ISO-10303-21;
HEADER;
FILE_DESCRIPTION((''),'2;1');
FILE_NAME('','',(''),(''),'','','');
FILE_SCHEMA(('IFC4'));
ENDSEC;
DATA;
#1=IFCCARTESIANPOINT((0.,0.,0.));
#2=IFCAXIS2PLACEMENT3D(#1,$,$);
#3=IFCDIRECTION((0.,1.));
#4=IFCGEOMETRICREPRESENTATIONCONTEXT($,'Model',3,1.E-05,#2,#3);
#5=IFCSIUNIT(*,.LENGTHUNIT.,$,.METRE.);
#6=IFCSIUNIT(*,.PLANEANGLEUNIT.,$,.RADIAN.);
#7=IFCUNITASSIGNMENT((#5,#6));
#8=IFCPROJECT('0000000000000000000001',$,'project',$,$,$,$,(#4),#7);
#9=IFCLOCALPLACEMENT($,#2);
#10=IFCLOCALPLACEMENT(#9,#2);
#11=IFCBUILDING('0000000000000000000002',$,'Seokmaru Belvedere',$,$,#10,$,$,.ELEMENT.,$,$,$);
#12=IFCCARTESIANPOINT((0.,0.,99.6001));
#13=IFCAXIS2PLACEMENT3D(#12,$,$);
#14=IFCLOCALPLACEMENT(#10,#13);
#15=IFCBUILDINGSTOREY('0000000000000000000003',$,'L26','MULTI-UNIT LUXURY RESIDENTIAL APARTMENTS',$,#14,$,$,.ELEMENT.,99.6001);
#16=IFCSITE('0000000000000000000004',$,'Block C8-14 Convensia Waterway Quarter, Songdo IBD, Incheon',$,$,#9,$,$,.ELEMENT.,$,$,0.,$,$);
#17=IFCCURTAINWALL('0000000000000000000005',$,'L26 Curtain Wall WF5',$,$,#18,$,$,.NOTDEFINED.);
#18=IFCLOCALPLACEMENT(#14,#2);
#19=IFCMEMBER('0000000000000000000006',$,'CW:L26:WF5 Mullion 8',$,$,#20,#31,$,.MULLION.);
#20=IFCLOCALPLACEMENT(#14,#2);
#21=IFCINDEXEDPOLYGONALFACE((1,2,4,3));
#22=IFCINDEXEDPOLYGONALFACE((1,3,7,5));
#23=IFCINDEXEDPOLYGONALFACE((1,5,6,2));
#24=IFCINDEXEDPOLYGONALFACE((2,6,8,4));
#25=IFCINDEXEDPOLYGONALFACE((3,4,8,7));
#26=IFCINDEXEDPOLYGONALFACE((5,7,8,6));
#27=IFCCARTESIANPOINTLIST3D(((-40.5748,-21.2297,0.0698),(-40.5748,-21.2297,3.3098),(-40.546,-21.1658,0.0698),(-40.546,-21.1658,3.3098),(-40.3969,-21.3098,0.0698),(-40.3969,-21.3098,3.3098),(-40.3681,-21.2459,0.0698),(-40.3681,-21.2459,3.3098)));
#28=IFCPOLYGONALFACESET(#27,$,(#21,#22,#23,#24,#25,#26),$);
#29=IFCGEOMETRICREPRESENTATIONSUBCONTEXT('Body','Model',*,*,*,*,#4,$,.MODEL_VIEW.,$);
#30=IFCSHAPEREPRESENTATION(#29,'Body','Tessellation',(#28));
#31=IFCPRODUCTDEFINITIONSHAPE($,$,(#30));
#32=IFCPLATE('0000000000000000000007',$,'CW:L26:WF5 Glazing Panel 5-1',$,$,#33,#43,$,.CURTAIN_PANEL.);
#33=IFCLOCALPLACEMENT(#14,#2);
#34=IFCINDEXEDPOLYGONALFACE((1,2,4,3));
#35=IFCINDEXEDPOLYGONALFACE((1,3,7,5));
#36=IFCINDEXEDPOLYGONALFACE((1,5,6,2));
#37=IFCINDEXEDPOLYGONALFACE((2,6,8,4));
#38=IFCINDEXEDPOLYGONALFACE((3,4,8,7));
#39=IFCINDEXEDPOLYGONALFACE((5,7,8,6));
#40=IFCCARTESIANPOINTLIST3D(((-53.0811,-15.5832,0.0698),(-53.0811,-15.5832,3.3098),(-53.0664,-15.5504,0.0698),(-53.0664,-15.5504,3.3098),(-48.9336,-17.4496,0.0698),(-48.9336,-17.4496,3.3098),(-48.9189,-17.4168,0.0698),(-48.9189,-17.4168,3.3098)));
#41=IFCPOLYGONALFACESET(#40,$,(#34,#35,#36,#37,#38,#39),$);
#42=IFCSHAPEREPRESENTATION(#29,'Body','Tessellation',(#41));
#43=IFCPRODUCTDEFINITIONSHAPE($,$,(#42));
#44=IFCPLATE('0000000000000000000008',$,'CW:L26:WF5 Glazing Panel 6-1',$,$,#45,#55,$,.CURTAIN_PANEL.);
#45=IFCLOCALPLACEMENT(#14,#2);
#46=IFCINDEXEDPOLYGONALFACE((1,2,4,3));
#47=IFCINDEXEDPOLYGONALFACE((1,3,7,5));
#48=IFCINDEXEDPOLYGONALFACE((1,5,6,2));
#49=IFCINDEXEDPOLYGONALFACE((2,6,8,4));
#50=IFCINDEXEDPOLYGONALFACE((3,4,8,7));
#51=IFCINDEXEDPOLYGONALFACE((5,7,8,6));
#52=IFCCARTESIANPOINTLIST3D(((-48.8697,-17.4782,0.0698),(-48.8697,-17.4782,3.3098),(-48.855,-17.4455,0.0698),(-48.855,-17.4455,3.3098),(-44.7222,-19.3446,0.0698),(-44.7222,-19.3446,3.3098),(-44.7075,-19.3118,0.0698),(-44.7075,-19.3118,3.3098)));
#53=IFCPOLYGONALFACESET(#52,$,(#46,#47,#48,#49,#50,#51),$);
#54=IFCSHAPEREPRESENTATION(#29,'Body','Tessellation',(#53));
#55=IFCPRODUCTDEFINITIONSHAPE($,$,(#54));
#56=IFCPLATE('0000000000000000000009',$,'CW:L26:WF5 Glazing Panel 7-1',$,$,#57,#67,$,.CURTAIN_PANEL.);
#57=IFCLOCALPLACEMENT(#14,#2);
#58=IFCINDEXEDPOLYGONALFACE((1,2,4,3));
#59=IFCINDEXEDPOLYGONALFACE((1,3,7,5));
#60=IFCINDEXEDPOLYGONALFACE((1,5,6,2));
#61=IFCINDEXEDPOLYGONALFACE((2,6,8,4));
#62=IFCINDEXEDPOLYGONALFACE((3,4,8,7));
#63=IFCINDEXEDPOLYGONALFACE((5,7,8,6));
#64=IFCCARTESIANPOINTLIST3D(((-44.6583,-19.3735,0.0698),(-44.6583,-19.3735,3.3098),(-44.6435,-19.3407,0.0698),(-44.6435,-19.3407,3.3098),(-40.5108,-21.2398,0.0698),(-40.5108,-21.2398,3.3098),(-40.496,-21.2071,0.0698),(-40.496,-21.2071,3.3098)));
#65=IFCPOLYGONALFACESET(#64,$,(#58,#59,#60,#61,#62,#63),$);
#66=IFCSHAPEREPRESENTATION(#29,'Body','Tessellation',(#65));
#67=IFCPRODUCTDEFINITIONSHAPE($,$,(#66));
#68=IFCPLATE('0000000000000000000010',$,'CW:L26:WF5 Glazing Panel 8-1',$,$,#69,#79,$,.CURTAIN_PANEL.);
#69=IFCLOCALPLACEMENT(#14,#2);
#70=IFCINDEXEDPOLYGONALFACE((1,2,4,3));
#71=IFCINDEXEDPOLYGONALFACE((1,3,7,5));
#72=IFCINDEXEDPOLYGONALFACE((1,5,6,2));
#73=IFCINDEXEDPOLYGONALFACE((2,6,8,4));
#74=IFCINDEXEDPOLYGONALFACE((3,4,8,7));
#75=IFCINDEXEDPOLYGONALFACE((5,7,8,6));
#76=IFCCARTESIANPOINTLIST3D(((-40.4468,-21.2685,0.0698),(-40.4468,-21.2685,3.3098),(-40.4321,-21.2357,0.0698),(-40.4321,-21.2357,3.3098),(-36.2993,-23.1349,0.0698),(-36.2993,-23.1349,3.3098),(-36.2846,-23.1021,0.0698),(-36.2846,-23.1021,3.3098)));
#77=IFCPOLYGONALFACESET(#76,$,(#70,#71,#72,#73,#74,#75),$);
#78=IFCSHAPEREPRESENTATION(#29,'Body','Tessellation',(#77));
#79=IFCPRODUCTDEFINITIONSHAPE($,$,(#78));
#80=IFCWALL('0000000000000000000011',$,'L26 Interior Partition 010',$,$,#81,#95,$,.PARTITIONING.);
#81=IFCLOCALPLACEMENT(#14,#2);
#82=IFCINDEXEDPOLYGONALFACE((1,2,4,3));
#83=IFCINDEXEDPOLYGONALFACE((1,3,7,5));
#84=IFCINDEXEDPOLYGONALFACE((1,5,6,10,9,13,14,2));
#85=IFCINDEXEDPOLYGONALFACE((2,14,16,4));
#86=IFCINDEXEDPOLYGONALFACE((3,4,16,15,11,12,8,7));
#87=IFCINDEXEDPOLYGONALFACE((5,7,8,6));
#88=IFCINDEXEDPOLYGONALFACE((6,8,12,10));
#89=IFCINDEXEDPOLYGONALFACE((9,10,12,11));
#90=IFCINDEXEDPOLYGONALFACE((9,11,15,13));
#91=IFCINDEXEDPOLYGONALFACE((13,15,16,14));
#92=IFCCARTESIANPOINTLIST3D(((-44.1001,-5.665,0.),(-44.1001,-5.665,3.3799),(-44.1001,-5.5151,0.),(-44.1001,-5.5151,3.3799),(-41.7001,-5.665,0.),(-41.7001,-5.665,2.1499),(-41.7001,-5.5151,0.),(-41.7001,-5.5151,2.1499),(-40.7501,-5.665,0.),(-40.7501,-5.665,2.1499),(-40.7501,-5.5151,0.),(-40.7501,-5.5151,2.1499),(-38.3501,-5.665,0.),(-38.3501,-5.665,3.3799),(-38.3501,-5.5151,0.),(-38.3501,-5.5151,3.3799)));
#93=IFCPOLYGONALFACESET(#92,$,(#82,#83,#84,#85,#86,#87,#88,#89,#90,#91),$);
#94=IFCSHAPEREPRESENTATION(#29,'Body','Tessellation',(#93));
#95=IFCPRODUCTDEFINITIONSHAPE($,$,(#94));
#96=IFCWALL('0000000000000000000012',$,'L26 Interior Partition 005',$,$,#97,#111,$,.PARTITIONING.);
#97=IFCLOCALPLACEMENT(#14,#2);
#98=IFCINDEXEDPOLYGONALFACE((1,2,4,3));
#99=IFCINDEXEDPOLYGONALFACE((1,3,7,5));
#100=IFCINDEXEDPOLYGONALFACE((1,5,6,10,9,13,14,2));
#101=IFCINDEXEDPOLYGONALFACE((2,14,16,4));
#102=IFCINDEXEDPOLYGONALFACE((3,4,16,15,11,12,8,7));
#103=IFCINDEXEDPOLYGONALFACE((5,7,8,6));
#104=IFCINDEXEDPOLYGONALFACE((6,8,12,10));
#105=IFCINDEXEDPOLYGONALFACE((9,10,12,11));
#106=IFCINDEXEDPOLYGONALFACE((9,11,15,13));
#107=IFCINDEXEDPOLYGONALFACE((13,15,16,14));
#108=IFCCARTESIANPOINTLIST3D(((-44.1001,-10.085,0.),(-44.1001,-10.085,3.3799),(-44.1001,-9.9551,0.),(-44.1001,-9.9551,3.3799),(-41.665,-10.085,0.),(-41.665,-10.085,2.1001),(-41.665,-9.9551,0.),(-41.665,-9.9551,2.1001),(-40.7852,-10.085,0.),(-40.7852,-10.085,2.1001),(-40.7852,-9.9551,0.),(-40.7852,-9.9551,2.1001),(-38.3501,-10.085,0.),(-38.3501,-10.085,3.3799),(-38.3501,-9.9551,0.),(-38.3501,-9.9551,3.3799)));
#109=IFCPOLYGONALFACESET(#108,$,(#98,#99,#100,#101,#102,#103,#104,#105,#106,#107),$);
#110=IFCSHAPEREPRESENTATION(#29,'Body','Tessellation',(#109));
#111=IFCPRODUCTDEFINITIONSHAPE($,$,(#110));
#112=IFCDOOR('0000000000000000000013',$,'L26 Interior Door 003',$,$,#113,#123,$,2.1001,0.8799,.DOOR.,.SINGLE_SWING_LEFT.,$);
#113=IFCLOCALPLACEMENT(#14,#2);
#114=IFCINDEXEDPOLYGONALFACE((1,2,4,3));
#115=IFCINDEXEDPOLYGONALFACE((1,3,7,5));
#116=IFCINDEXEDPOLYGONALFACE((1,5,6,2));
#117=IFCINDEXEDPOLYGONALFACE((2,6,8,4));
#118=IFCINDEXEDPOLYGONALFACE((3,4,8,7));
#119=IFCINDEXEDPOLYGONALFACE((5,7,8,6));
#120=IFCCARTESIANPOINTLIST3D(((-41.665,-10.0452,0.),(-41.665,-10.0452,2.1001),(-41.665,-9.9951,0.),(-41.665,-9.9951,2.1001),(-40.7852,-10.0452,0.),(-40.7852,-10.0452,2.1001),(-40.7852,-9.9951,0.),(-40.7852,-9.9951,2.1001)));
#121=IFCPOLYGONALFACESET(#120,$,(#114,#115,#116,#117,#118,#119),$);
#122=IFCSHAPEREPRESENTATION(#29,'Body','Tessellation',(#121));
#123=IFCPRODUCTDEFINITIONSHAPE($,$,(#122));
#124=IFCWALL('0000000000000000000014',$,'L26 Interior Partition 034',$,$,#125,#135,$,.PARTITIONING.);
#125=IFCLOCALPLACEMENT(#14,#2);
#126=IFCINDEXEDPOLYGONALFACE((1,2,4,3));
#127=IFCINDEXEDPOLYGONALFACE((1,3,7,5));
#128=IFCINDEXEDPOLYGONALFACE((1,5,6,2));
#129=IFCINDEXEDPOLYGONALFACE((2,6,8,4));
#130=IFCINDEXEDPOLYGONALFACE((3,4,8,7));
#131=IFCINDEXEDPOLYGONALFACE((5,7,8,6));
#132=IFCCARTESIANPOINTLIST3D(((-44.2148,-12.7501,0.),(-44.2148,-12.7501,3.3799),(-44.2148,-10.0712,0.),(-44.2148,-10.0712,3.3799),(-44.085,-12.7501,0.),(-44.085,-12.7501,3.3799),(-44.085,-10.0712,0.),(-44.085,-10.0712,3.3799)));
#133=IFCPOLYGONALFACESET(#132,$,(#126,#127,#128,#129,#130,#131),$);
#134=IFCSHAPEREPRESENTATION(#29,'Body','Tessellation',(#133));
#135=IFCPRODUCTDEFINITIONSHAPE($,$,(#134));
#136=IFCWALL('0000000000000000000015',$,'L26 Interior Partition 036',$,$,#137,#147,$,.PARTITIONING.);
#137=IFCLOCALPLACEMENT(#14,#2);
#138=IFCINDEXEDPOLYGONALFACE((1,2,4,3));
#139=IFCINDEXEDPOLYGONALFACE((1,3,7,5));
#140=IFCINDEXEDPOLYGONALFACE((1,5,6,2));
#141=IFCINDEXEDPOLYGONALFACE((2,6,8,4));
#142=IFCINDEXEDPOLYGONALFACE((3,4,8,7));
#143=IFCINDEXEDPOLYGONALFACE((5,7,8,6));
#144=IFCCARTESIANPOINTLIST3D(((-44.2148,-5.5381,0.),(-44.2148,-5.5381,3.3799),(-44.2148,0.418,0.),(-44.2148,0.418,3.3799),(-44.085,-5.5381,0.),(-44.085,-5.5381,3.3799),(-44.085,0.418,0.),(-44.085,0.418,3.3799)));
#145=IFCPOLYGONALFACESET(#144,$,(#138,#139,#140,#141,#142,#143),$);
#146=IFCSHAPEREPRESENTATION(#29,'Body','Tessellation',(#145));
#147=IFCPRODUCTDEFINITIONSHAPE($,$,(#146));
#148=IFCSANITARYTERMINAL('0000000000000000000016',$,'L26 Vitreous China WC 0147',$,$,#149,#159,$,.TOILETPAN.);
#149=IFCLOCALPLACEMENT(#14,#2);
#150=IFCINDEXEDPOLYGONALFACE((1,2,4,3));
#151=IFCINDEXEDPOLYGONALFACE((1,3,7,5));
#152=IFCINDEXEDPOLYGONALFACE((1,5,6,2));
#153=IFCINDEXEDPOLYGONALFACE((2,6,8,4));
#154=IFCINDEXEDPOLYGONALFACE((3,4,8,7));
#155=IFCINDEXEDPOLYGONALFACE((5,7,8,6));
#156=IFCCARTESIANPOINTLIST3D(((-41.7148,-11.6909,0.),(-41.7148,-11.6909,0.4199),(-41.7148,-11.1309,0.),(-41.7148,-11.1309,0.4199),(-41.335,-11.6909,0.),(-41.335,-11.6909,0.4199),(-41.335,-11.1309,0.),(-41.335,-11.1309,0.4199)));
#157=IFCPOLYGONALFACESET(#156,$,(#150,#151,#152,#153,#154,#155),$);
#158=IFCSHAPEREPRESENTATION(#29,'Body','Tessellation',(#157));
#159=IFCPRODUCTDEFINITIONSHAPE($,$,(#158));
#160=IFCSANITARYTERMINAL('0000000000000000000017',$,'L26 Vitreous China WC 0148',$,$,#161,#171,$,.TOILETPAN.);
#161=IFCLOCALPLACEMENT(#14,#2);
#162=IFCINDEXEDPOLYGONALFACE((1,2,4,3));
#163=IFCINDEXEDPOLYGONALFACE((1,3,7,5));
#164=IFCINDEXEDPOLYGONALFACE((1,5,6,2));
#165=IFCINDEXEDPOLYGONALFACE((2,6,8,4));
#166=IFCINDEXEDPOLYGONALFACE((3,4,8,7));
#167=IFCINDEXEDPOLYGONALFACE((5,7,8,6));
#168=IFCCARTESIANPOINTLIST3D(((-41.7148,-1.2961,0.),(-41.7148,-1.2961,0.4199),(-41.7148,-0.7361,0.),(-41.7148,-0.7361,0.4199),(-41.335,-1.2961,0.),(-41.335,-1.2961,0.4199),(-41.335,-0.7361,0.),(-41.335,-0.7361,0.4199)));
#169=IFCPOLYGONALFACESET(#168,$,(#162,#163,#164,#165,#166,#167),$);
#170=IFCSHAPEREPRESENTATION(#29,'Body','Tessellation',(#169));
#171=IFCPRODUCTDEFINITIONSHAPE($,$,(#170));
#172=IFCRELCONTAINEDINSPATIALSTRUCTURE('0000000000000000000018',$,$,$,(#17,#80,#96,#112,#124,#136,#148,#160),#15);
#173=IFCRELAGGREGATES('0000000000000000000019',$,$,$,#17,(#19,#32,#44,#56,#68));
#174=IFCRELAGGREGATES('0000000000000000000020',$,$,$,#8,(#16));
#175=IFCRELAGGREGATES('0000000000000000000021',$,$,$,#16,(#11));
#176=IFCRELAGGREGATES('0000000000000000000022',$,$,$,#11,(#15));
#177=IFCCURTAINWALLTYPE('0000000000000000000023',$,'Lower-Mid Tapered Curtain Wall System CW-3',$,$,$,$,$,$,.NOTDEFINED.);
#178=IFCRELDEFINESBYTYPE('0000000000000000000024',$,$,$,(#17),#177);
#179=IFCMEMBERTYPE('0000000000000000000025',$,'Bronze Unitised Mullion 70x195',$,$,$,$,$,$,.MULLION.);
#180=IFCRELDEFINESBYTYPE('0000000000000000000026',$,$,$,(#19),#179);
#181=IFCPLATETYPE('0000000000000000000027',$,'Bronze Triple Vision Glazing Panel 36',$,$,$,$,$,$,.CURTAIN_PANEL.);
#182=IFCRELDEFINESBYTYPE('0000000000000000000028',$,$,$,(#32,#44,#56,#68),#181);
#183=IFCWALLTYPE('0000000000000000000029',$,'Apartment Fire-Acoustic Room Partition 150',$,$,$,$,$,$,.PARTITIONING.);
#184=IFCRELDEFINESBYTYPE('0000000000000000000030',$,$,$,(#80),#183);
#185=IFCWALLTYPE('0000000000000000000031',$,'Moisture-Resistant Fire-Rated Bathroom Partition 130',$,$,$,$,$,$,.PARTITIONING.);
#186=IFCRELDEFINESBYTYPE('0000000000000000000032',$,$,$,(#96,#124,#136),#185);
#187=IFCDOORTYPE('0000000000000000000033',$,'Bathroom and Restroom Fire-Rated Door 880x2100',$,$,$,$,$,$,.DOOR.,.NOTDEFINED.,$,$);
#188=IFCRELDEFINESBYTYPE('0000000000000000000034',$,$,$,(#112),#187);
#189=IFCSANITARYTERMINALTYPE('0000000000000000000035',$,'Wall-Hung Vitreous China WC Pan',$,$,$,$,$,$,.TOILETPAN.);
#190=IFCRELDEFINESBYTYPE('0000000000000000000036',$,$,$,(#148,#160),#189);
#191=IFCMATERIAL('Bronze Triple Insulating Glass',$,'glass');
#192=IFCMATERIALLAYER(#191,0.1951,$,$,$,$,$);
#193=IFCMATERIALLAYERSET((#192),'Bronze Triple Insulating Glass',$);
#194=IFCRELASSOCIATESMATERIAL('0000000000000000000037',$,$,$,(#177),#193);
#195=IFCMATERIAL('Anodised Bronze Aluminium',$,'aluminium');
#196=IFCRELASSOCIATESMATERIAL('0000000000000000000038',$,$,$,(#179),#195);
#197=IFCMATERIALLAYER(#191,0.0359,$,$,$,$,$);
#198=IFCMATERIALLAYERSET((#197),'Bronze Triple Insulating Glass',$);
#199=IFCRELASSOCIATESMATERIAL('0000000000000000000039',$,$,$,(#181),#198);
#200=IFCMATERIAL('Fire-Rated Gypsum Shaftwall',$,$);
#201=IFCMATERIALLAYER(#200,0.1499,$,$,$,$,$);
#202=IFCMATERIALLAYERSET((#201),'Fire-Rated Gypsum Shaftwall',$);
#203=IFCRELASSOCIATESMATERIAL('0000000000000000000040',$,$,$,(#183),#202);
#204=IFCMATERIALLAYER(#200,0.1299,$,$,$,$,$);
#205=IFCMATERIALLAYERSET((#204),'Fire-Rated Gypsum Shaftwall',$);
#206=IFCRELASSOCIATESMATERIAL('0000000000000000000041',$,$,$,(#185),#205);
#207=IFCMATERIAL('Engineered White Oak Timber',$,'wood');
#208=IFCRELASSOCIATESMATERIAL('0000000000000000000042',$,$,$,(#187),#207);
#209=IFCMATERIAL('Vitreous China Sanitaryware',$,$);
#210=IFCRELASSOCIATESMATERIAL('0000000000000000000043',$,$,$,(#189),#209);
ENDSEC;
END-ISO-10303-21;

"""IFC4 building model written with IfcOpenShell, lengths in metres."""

from ifc_helpers import new_model, si_unit, direction, frame, frame_2d, origin, origin_2d, place, context, subcontext, project, spatial, rectangle, extrude, source, transform, mapped, material, layer, layer_set, material_profile, profile_set, type_object, type_shapes, element, fill, aggregate, save


model = new_model("IFC4")

# Units and contexts
model_context = context("Model", 3, precision=1e-05, world=origin(), true_north=direction((0.0, 1.0)))
body_context = subcontext(model_context, "Body", "Model", "MODEL_VIEW")
ifc_project = project(units=[si_unit("LENGTHUNIT", "METRE"), si_unit("PLANEANGLEUNIT", "RADIAN")], contexts=[model_context])

# Site, building, storey
site_placement = place(None, origin())
site = spatial("IfcSite", under=ifc_project, at=site_placement, Name="Block C8-14 Convensia Waterway Quarter, Songdo IBD, Incheon", CompositionType="ELEMENT", RefElevation=0.0)
building_placement = place(site_placement, origin())
building = spatial("IfcBuilding", under=site, at=building_placement, Name="Seokmaru Belvedere", CompositionType="ELEMENT")
storey_placement = place(building_placement, frame((0.0, 0.0, 99.6001)))
storey = spatial("IfcBuildingStorey", under=building, at=storey_placement, Name="L26", Description="MULTI-UNIT LUXURY RESIDENTIAL APARTMENTS", CompositionType="ELEMENT", Elevation=99.6001)

# Curtain wall, member, plates
ifc_material_1 = material(Name="Bronze Triple Insulating Glass", Category="glass")
ifc_layer_1 = layer(ifc_material_1, 0.1951)
ifc_layer_set_1 = layer_set([ifc_layer_1], Name="Bronze Triple Insulating Glass")
curtain_wall_type = type_object("IfcCurtainWallType", Name="Lower-Mid Tapered Curtain Wall System CW-3", PredefinedType="NOTDEFINED", material=ifc_layer_set_1)
curtain_wall_placement = place(storey_placement, origin())
curtain_wall = element("IfcCurtainWall", 1, at=curtain_wall_placement, inside=storey, type_object=curtain_wall_type, Name="L26 Curtain Wall WF5", PredefinedType="NOTDEFINED")
ifc_material_2 = material(Name="Anodised Bronze Aluminium", Category="aluminium")
ifc_material_profile_1 = material_profile(ifc_material_2, rectangle(XDim=0.0701, YDim=0.1951, at=origin_2d()), Name="CW-M-70x195")
ifc_profile_set_1 = profile_set([ifc_material_profile_1], Name="Anodised Bronze Aluminium")
member_type = type_object("IfcMemberType", Name="Bronze Unitised Mullion 70x195", PredefinedType="MULLION", material=ifc_profile_set_1)
shared_shape_1 = source(origin(), body_context, "Body", "SweptSolid", [
    extrude(rectangle(XDim=0.0701, YDim=0.1951, at=origin_2d()), origin(), (0.0, 0.0, 1.0), 3.24),
])
type_shapes(member_type, [shared_shape_1])
member_1_placement = place(storey_placement, frame((-40.4714, -21.2378, 0.0698), z_axis=(0.0, 0.0, 1.0), x_axis=(0.410366, 0.911921, 0.0)))
member_1 = element("IfcMember", 2, at=member_1_placement, type_object=member_type, Name="CW:L26:WF5 Mullion 8", PredefinedType="MULLION", context=body_context, shape_type="MappedRepresentation", body=[
    mapped(shared_shape_1, transform((0.0, 0.0, 0.0), scale=1.0)),
])
ifc_layer_2 = layer(ifc_material_1, 0.0359)
ifc_layer_set_2 = layer_set([ifc_layer_2], Name="Bronze Triple Insulating Glass")
plate_type = type_object("IfcPlateType", Name="Bronze Triple Vision Glazing Panel 36", PredefinedType="CURTAIN_PANEL", material=ifc_layer_set_2)
shared_shape_2 = source(origin(), body_context, "Body", "SweptSolid", [
    extrude(rectangle(XDim=4.5481, YDim=0.0359, at=origin_2d()), origin(), (0.0, 0.0, 1.0), 3.24),
])
type_shapes(plate_type, [shared_shape_2])
plate_1_placement = place(storey_placement, frame((-51.0, -16.5, 0.0698), z_axis=(0.0, 0.0, 1.0), x_axis=(0.911921, -0.410366, 0.0)))
plate_1 = element("IfcPlate", 3, at=plate_1_placement, type_object=plate_type, Name="CW:L26:WF5 Glazing Panel 5-1", PredefinedType="CURTAIN_PANEL", context=body_context, shape_type="MappedRepresentation", body=[
    mapped(shared_shape_2, transform((0.0, 0.0, 0.0), scale=1.0)),
])
plate_2_placement = place(storey_placement, frame((-46.7886, -18.395, 0.0698), z_axis=(0.0, 0.0, 1.0), x_axis=(0.911921, -0.410366, 0.0)))
plate_2 = element("IfcPlate", 4, at=plate_2_placement, type_object=plate_type, Name="CW:L26:WF5 Glazing Panel 6-1", PredefinedType="CURTAIN_PANEL", context=body_context, shape_type="MappedRepresentation", body=[
    mapped(shared_shape_2, transform((0.0, 0.0, 0.0), scale=1.0)),
])
plate_3_placement = place(storey_placement, frame((-42.5771, -20.2903, 0.0698), z_axis=(0.0, 0.0, 1.0), x_axis=(0.911921, -0.410366, 0.0)))
plate_3 = element("IfcPlate", 5, at=plate_3_placement, type_object=plate_type, Name="CW:L26:WF5 Glazing Panel 7-1", PredefinedType="CURTAIN_PANEL", context=body_context, shape_type="MappedRepresentation", body=[
    mapped(shared_shape_2, transform((0.0, 0.0, 0.0), scale=1.0)),
])
plate_4_placement = place(storey_placement, frame((-38.3657, -22.1853, 0.0698), z_axis=(0.0, 0.0, 1.0), x_axis=(0.911921, -0.410366, 0.0)))
plate_4 = element("IfcPlate", 6, at=plate_4_placement, type_object=plate_type, Name="CW:L26:WF5 Glazing Panel 8-1", PredefinedType="CURTAIN_PANEL", context=body_context, shape_type="MappedRepresentation", body=[
    mapped(shared_shape_2, transform((0.0, 0.0, 0.0), scale=1.0)),
])
aggregate(curtain_wall, [member_1, plate_1, plate_2, plate_3, plate_4])

# Wall, opening
ifc_material_3 = material(Name="Fire-Rated Gypsum Shaftwall")
ifc_layer_3 = layer(ifc_material_3, 0.1499)
ifc_layer_set_3 = layer_set([ifc_layer_3], Name="Fire-Rated Gypsum Shaftwall")
wall_type_1 = type_object("IfcWallType", Name="Apartment Fire-Acoustic Room Partition 150", PredefinedType="PARTITIONING", material=ifc_layer_set_3)
wall_1_placement = place(storey_placement, frame((-44.1001, -5.5901, 0.0), z_axis=(0.0, 0.0, 1.0), x_axis=(1.0, 0.0, 0.0)))
wall_1 = element("IfcWall", 7, at=wall_1_placement, inside=storey, type_object=wall_type_1, Name="L26 Interior Partition 010", PredefinedType="PARTITIONING", context=body_context, shape_type="SweptSolid", body=[
    extrude(rectangle(XDim=5.75, YDim=0.1499, at=frame_2d((2.875, 0.0))), origin(), (0.0, 0.0, 1.0), 3.3799),
])
opening_1_placement = place(wall_1_placement, frame((2.3999, 0.0, 0.0)))
element("IfcOpeningElement", 8, at=opening_1_placement, cuts=wall_1, PredefinedType="OPENING", context=body_context, shape_type="SweptSolid", body=[
    extrude(rectangle(XDim=0.95, YDim=2.1499, at=frame_2d((0.4751, 1.075))), frame((0.0, 0.085, 0.0), z_axis=(0.0, -1.0, 0.0), x_axis=(1.0, 0.0, 0.0)), (0.0, 0.0, 1.0), 0.1699),
])

# Wall, opening, door
ifc_layer_4 = layer(ifc_material_3, 0.1299)
ifc_layer_set_4 = layer_set([ifc_layer_4], Name="Fire-Rated Gypsum Shaftwall")
wall_type_2 = type_object("IfcWallType", Name="Moisture-Resistant Fire-Rated Bathroom Partition 130", PredefinedType="PARTITIONING", material=ifc_layer_set_4)
wall_2_placement = place(storey_placement, frame((-44.1001, -10.02, 0.0), z_axis=(0.0, 0.0, 1.0), x_axis=(1.0, 0.0, 0.0)))
wall_2 = element("IfcWall", 9, at=wall_2_placement, inside=storey, type_object=wall_type_2, Name="L26 Interior Partition 005", PredefinedType="PARTITIONING", context=body_context, shape_type="SweptSolid", body=[
    extrude(rectangle(XDim=5.75, YDim=0.1299, at=frame_2d((2.875, 0.0))), origin(), (0.0, 0.0, 1.0), 3.3799),
])
opening_2_placement = place(wall_2_placement, frame((2.4351, 0.0, 0.0)))
opening_2 = element("IfcOpeningElement", 10, at=opening_2_placement, cuts=wall_2, PredefinedType="OPENING", context=body_context, shape_type="SweptSolid", body=[
    extrude(rectangle(XDim=0.8799, YDim=2.1001, at=frame_2d((0.4399, 1.05))), frame((0.0, 0.075, 0.0), z_axis=(0.0, -1.0, 0.0), x_axis=(1.0, 0.0, 0.0)), (0.0, 0.0, 1.0), 0.1499),
])
ifc_material_4 = material(Name="Engineered White Oak Timber", Category="wood")
door_type = type_object("IfcDoorType", Name="Bathroom and Restroom Fire-Rated Door 880x2100", OperationType="NOTDEFINED", PredefinedType="DOOR", material=ifc_material_4)
shared_shape_3 = source(origin(), body_context, "Body", "SweptSolid", [
    extrude(rectangle(XDim=0.8799, YDim=2.1001, at=frame_2d((0.4399, 1.05))), frame((0.0, 0.0249, 0.0), z_axis=(0.0, -1.0, 0.0), x_axis=(1.0, 0.0, 0.0)), (0.0, 0.0, 1.0), 0.05),
])
type_shapes(door_type, [shared_shape_3])
door_placement = place(opening_2_placement, origin())
door = element("IfcDoor", 11, at=door_placement, inside=storey, type_object=door_type, Name="L26 Interior Door 003", OperationType="SINGLE_SWING_LEFT", OverallHeight=2.1001, OverallWidth=0.8799, PredefinedType="DOOR", context=body_context, shape_type="MappedRepresentation", body=[
    mapped(shared_shape_3, transform((0.0, 0.0, 0.0), scale=1.0)),
])
fill(opening_2, door)

# Walls
wall_3_placement = place(storey_placement, frame((-44.1499, -12.75, 0.0), z_axis=(0.0, 0.0, 1.0), x_axis=(0.0, 1.0, 0.0)))
element("IfcWall", 12, at=wall_3_placement, inside=storey, type_object=wall_type_2, Name="L26 Interior Partition 034", PredefinedType="PARTITIONING", context=body_context, shape_type="SweptSolid", body=[
    extrude(rectangle(XDim=2.679, YDim=0.1299, at=frame_2d((1.3394, 0.0))), origin(), (0.0, 0.0, 1.0), 3.3799),
])
wall_4_placement = place(storey_placement, frame((-44.1499, -5.5381, 0.0), z_axis=(0.0, 0.0, 1.0), x_axis=(0.0, 1.0, 0.0)))
element("IfcWall", 13, at=wall_4_placement, inside=storey, type_object=wall_type_2, Name="L26 Interior Partition 036", PredefinedType="PARTITIONING", context=body_context, shape_type="SweptSolid", body=[
    extrude(rectangle(XDim=5.9561, YDim=0.1299, at=frame_2d((2.978, 0.0))), origin(), (0.0, 0.0, 1.0), 3.3799),
])

# Sanitary terminals
ifc_material_5 = material(Name="Vitreous China Sanitaryware")
sanitary_terminal_type_1 = type_object("IfcSanitaryTerminalType", Name="Wall-Hung Vitreous China WC Pan", PredefinedType="TOILETPAN", material=ifc_material_5)
shared_shape_4 = source(origin(), body_context, "Body", "SweptSolid", [
    extrude(rectangle(XDim=0.3799, YDim=0.5601, at=origin_2d()), origin(), (0.0, 0.0, 1.0), 0.4199),
])
type_shapes(sanitary_terminal_type_1, [shared_shape_4])
for number, where, z_axis, x_axis, name in (
    (14, (-41.5249, -11.4109, 0.0), (0.0, 0.0, 1.0), (1.0, 0.0, 0.0), "L26 Vitreous China WC 0147"),
    (15, (-41.5249, -1.0161, 0.0), (0.0, 0.0, 1.0), (1.0, 0.0, 0.0), "L26 Vitreous China WC 0148"),
):
    element("IfcSanitaryTerminal", number, at=place(storey_placement, frame(where, z_axis=z_axis, x_axis=x_axis)), inside=storey, type_object=sanitary_terminal_type_1, Name=name, PredefinedType="TOILETPAN", context=body_context, shape_type="MappedRepresentation", body=[
        mapped(shared_shape_4, transform((0.0, 0.0, 0.0), scale=1.0)),
    ])

save(model, "model.ifc")
